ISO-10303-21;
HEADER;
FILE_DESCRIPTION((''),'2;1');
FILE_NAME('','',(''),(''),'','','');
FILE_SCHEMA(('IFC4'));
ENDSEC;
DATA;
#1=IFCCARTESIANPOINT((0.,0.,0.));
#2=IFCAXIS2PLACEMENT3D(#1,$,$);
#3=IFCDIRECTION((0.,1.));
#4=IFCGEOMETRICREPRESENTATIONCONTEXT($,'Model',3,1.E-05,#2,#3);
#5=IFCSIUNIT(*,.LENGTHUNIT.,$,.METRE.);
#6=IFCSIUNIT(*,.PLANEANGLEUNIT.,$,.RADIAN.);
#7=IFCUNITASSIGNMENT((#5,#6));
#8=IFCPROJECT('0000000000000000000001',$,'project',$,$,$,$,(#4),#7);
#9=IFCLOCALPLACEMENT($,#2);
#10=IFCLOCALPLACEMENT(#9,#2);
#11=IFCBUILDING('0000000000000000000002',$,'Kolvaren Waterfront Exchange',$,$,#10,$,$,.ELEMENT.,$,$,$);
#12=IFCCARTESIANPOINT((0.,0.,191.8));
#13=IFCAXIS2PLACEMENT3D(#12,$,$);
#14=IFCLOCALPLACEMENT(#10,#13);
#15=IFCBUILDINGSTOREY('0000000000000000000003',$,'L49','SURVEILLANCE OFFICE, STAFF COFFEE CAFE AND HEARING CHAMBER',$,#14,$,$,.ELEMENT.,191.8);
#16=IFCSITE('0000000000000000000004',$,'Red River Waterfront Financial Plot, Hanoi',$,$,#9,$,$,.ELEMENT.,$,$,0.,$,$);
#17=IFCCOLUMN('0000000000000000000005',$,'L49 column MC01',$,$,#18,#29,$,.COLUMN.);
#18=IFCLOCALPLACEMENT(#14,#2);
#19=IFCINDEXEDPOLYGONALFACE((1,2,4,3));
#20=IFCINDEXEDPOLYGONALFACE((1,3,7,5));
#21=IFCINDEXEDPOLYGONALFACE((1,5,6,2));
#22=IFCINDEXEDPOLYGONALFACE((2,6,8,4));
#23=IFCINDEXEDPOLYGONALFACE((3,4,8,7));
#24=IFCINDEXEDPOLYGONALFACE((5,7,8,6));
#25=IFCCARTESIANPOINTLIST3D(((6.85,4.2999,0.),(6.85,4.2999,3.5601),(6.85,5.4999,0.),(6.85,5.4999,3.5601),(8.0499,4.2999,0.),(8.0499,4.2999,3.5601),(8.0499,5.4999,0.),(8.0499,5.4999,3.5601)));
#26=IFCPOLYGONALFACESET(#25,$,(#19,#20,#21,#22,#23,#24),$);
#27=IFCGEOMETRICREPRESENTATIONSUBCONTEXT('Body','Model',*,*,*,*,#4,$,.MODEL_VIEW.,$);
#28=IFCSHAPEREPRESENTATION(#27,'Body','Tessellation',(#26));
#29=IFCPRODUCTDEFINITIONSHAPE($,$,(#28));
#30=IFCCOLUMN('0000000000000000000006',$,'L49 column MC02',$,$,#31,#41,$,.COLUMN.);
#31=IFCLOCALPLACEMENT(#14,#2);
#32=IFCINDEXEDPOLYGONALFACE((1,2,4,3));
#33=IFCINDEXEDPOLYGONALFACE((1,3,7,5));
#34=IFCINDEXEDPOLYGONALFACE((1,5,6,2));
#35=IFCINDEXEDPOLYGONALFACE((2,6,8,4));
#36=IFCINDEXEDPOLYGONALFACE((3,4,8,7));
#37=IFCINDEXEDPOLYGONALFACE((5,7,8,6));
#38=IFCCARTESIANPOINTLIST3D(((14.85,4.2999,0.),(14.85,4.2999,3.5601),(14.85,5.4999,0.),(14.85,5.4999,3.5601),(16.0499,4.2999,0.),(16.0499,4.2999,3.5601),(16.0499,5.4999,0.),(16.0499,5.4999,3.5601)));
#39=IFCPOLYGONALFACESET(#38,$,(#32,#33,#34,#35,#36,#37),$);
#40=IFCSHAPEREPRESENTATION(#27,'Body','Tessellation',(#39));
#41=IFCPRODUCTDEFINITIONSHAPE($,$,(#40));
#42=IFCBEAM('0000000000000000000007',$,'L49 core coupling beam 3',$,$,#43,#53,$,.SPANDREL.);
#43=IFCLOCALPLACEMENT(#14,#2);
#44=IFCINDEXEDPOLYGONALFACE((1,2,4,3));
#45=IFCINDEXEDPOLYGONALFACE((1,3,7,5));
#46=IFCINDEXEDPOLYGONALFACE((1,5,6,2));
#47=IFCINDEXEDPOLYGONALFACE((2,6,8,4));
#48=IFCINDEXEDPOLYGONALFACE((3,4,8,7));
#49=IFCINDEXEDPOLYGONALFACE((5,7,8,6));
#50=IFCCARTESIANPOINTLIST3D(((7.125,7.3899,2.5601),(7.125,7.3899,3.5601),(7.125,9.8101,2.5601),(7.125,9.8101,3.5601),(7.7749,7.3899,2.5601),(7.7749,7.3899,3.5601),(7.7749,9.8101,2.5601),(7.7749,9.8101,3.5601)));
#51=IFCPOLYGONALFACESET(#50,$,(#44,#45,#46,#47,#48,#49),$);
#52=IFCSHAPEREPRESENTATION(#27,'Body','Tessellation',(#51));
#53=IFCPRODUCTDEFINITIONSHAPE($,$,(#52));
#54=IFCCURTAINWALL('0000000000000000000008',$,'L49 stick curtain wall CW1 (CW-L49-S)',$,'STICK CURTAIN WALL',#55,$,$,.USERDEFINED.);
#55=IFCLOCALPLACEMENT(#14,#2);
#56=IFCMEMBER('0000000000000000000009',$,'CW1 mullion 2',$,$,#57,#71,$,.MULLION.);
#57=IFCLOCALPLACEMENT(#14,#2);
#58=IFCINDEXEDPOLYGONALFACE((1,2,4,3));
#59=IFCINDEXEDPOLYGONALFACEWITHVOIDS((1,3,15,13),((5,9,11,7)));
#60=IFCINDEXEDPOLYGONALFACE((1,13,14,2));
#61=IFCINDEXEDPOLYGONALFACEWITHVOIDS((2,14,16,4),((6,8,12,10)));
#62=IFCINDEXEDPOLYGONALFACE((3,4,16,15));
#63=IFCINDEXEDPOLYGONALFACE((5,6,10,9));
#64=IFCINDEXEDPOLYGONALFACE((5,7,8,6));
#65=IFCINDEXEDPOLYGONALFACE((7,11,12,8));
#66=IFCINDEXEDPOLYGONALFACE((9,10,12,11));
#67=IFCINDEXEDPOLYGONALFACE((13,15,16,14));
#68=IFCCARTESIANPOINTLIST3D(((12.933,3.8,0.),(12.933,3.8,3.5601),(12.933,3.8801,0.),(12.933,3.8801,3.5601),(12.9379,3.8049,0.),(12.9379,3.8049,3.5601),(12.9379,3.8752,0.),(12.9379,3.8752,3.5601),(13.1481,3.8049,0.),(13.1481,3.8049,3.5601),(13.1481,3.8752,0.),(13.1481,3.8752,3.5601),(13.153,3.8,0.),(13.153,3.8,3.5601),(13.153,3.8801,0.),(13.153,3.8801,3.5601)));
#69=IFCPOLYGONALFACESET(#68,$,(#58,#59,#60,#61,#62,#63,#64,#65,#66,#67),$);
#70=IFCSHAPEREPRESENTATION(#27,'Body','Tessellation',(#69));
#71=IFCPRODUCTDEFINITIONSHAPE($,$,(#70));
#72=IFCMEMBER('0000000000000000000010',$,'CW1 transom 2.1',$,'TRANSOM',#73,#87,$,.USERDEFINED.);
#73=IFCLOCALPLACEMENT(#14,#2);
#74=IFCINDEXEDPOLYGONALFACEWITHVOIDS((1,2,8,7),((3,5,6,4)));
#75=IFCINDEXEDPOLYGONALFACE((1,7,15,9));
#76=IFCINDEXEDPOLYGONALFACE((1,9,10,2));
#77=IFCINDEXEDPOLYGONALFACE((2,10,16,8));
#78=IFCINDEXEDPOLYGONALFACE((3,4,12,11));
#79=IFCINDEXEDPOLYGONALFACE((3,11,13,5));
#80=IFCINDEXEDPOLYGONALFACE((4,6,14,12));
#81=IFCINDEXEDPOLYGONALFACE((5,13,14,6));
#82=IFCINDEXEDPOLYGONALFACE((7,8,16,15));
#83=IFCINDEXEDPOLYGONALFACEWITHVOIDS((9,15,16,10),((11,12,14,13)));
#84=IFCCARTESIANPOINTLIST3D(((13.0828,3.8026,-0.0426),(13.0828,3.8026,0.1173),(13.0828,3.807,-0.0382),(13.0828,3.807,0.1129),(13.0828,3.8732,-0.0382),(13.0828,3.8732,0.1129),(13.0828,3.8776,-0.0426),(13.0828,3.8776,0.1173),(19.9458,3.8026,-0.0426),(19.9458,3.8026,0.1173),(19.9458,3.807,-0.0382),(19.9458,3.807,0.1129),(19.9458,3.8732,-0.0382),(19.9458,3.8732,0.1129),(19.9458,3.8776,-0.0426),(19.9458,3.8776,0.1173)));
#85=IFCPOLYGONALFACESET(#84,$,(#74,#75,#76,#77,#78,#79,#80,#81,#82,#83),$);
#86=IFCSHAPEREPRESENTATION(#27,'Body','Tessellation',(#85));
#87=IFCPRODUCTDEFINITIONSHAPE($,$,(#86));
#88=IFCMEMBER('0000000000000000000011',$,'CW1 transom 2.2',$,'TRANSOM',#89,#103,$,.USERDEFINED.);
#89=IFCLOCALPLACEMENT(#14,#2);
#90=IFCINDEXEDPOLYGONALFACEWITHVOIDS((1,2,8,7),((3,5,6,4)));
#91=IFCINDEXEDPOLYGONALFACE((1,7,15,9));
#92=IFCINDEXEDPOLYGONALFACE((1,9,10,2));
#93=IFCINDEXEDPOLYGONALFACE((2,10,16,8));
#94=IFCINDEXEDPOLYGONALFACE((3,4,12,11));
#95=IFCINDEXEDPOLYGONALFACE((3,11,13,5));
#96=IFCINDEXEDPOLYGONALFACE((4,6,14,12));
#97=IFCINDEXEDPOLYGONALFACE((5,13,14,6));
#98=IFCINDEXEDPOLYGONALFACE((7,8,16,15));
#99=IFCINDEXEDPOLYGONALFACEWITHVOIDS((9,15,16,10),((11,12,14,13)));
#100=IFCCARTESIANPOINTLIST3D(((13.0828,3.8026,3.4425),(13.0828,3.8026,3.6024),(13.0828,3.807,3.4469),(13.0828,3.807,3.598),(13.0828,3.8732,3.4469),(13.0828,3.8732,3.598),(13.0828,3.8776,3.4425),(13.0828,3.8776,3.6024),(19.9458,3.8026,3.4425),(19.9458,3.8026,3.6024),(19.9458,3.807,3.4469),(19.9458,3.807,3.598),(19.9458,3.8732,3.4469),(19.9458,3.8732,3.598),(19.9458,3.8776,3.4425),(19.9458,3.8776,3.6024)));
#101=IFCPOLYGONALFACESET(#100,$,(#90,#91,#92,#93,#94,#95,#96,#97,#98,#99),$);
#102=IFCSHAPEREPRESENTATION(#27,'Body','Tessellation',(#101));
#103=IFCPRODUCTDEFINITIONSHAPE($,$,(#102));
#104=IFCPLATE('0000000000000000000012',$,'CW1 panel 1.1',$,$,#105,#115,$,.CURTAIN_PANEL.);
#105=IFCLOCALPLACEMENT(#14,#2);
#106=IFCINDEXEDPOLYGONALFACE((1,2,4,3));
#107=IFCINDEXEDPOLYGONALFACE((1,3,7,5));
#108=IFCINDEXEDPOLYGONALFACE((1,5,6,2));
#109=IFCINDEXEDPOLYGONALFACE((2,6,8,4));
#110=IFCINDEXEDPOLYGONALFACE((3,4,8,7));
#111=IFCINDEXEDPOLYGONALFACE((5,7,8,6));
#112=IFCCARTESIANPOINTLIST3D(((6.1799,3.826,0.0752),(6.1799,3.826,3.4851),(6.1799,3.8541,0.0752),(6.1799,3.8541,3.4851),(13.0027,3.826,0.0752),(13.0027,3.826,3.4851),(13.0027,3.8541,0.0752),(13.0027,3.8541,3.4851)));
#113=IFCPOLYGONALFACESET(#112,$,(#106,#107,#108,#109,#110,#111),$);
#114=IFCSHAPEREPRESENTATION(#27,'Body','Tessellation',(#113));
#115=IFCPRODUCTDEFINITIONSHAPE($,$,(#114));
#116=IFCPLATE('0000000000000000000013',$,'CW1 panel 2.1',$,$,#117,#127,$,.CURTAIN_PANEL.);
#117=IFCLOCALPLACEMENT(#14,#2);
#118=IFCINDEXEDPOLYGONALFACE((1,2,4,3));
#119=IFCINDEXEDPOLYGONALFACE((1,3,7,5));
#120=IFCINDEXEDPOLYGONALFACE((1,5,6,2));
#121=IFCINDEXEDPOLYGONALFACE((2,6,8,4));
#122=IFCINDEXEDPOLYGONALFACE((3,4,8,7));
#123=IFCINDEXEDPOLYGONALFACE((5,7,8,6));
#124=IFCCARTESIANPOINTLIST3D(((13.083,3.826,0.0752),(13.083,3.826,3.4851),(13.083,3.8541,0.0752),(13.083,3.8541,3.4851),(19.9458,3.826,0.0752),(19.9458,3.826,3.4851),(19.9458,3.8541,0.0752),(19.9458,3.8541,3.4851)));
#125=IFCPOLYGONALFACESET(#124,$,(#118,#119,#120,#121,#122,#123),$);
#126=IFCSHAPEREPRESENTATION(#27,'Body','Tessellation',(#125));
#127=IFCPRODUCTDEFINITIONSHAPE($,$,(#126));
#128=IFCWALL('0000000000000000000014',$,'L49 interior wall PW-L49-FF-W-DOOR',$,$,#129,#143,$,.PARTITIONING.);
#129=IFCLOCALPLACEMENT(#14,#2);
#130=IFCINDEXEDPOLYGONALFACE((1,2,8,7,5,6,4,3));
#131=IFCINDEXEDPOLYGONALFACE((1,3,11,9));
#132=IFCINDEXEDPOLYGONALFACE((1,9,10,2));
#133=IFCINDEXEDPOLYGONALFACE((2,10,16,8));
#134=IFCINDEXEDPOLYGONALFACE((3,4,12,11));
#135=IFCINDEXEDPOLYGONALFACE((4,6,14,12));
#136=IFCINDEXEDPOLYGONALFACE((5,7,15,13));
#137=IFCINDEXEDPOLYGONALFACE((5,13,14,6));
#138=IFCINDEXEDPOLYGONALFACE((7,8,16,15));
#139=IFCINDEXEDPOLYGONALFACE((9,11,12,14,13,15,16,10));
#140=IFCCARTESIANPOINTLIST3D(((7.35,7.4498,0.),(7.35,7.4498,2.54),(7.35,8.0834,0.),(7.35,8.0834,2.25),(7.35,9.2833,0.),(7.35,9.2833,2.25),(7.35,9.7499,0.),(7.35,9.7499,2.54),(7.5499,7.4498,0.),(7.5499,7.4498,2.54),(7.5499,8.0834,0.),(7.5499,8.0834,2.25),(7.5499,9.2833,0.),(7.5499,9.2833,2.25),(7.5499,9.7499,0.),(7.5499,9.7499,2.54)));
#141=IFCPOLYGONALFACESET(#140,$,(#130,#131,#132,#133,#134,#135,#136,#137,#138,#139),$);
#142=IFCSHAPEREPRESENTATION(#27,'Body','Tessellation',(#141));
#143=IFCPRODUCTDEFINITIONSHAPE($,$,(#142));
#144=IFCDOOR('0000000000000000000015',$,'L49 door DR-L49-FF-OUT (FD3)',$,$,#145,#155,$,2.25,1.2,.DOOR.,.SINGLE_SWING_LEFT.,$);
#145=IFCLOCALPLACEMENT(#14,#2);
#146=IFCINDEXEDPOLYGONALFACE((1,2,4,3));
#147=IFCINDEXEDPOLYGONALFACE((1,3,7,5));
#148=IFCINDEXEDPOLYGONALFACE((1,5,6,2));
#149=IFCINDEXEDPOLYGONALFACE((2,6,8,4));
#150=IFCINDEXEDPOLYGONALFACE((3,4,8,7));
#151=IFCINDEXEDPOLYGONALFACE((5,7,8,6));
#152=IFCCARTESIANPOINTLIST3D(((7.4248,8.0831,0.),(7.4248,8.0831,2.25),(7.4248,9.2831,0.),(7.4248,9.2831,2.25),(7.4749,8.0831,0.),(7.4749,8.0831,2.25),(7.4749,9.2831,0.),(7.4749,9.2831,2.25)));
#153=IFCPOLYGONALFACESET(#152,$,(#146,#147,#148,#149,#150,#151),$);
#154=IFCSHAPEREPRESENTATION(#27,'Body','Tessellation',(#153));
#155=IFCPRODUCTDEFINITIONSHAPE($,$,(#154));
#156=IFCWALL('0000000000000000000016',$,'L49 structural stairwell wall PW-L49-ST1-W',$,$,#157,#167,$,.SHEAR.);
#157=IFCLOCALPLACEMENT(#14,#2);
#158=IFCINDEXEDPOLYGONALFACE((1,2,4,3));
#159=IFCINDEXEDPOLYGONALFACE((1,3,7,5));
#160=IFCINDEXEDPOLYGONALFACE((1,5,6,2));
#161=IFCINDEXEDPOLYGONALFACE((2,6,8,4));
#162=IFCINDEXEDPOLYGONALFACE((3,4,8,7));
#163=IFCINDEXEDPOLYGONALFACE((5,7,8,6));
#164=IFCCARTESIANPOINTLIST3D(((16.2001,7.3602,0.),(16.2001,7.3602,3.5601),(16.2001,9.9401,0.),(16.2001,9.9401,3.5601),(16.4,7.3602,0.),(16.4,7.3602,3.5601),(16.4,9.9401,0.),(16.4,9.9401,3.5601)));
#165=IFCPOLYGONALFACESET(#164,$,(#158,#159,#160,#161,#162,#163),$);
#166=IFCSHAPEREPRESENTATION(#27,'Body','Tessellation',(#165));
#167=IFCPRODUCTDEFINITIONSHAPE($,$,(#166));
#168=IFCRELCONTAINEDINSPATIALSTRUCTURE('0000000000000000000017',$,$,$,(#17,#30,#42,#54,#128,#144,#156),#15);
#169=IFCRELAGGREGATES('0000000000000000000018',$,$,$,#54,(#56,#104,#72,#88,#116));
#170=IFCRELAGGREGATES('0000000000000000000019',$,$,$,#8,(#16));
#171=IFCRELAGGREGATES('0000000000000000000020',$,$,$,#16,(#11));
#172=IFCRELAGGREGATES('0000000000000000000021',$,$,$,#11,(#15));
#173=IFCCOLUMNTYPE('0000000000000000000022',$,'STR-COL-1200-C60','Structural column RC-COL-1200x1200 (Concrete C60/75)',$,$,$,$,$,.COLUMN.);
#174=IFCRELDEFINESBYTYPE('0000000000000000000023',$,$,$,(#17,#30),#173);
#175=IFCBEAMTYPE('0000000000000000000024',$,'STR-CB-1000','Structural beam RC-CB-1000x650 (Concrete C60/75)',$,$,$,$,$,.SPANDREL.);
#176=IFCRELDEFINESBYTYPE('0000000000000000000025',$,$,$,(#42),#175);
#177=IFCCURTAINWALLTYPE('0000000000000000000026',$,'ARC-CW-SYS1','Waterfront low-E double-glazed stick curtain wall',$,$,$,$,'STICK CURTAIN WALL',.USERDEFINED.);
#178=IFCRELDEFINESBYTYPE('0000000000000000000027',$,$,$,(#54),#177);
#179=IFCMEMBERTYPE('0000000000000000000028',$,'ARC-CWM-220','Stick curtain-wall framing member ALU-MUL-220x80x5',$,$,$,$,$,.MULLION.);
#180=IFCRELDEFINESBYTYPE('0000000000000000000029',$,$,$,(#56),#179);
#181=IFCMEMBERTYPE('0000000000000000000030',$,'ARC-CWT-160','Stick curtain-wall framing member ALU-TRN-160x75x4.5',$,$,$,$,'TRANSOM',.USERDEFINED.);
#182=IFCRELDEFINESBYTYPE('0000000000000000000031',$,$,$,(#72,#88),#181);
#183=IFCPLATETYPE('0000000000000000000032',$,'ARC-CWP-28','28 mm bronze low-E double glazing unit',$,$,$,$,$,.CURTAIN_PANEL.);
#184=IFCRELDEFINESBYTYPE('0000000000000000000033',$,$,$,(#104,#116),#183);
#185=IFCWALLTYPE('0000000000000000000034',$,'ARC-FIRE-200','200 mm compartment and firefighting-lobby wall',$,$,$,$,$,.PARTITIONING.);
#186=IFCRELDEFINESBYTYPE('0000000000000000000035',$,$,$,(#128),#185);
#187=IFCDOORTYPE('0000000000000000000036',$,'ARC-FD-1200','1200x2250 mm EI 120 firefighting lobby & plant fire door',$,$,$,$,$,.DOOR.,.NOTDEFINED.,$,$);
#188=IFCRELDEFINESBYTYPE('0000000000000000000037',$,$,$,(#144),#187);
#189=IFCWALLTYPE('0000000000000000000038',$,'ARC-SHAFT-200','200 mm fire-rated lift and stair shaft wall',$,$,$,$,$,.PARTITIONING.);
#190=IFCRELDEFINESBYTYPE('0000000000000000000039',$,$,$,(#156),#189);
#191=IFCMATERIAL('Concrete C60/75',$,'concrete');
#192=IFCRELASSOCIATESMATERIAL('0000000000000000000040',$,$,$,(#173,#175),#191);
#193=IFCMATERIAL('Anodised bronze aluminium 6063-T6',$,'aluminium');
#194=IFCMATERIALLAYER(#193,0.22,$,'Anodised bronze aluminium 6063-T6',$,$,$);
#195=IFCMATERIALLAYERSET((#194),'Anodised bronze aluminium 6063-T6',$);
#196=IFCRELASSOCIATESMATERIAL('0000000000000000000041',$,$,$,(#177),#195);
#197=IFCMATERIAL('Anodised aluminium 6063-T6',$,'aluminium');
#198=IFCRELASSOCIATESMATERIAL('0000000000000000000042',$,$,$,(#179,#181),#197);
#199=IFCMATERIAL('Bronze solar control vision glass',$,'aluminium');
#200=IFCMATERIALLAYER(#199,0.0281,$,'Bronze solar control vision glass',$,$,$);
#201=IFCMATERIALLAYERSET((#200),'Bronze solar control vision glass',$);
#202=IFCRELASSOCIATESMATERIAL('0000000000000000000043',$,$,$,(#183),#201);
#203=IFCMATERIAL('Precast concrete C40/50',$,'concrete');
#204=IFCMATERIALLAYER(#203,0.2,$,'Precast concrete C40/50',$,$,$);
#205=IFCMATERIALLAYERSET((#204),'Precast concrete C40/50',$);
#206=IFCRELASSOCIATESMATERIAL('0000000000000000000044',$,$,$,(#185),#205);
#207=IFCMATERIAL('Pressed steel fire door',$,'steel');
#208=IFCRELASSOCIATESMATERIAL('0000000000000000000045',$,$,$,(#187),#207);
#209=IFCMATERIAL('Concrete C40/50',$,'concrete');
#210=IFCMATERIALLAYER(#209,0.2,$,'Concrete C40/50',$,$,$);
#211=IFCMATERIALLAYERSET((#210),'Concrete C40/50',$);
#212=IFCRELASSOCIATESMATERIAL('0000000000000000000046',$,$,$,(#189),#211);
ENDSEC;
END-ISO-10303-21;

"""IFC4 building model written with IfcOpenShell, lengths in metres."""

from ifc_helpers import new_model, si_unit, direction, frame, frame_2d, origin, origin_with_axes, origin_2d, place, context, subcontext, project, spatial, rectangle, hollow_rectangle, extrude, source, transform, mapped, material, layer, layer_set, material_profile, profile_set, type_object, element, fill, aggregate, save


model = new_model("IFC4")

# Units and contexts
model_context = context("Model", 3, precision=1e-05, world=origin(), true_north=direction((0.0, 1.0)))
body_context = subcontext(model_context, "Body", "Model", "MODEL_VIEW")
ifc_project = project(units=[si_unit("LENGTHUNIT", "METRE"), si_unit("PLANEANGLEUNIT", "RADIAN")], contexts=[model_context])

# Site, building, storey
site_placement = place(None, origin())
site = spatial("IfcSite", under=ifc_project, at=site_placement, Name="Red River Waterfront Financial Plot, Hanoi", CompositionType="ELEMENT", RefElevation=0.0)
building_placement = place(site_placement, origin())
building = spatial("IfcBuilding", under=site, at=building_placement, Name="Kolvaren Waterfront Exchange", CompositionType="ELEMENT")
storey_placement = place(building_placement, frame((0.0, 0.0, 191.8)))
storey = spatial("IfcBuildingStorey", under=building, at=storey_placement, Name="L49", Description="SURVEILLANCE OFFICE, STAFF COFFEE CAFE AND HEARING CHAMBER", CompositionType="ELEMENT", Elevation=191.8)

# Columns
ifc_material_1 = material(Name="Concrete C60/75", Category="concrete")
ifc_material_profile_1 = material_profile(ifc_material_1, rectangle(XDim=1.2, YDim=1.2, at=origin_2d()), Name="RC-COL-1200x1200")
ifc_profile_set_1 = profile_set([ifc_material_profile_1], Name="Concrete C60/75")
column_type = type_object("IfcColumnType", Name="STR-COL-1200-C60", Description="Structural column RC-COL-1200x1200 (Concrete C60/75)", PredefinedType="COLUMN", material=ifc_profile_set_1)
for number, where, z_axis, x_axis, name in (
    (1, (7.45, 4.8999, 0.0), (0.0, 0.0, 1.0), (1.0, 0.0, 0.0), "L49 column MC01"),
    (2, (15.45, 4.8999, 0.0), (0.0, 0.0, 1.0), (1.0, 0.0, 0.0), "L49 column MC02"),
):
    element("IfcColumn", number, at=place(storey_placement, frame(where, z_axis=z_axis, x_axis=x_axis)), inside=storey, type_object=column_type, Name=name, PredefinedType="COLUMN", context=body_context, shape_type="SweptSolid", body=[
        extrude(rectangle(XDim=1.2, YDim=1.2, at=origin_2d()), origin(), (0.0, 0.0, 1.0), 3.5601),
    ])

# Beam
ifc_material_profile_2 = material_profile(ifc_material_1, rectangle(XDim=0.6499, YDim=1.0, at=origin_2d()), Name="RC-CB-1000x650")
ifc_profile_set_2 = profile_set([ifc_material_profile_2], Name="Concrete C60/75")
beam_type = type_object("IfcBeamType", Name="STR-CB-1000", Description="Structural beam RC-CB-1000x650 (Concrete C60/75)", PredefinedType="SPANDREL", material=ifc_profile_set_2)
beam_placement = place(storey_placement, frame((7.45, 7.3899, 3.0601), z_axis=(0.0, 1.0, 0.0), x_axis=(-1.0, 0.0, 0.0)))
element("IfcBeam", 3, at=beam_placement, inside=storey, type_object=beam_type, Name="L49 core coupling beam 3", PredefinedType="SPANDREL", context=body_context, shape_type="SweptSolid", body=[
    extrude(rectangle(XDim=0.6499, YDim=1.0, at=origin_2d()), origin(), (0.0, 0.0, 1.0), 2.4202),
])

# Curtain wall, members, plates
ifc_material_2 = material(Name="Anodised bronze aluminium 6063-T6", Category="aluminium")
ifc_layer_1 = layer(ifc_material_2, 0.22, Name="Anodised bronze aluminium 6063-T6")
ifc_layer_set_1 = layer_set([ifc_layer_1], Name="Anodised bronze aluminium 6063-T6")
curtain_wall_type = type_object("IfcCurtainWallType", Name="ARC-CW-SYS1", Description="Waterfront low-E double-glazed stick curtain wall", ElementType="STICK CURTAIN WALL", PredefinedType="USERDEFINED", material=ifc_layer_set_1)
curtain_wall_placement = place(storey_placement, origin())
curtain_wall = element("IfcCurtainWall", 4, at=curtain_wall_placement, inside=storey, type_object=curtain_wall_type, Name="L49 stick curtain wall CW1 (CW-L49-S)", ObjectType="STICK CURTAIN WALL", PredefinedType="USERDEFINED")
ifc_material_3 = material(Name="Anodised aluminium 6063-T6", Category="aluminium")
ifc_material_profile_3 = material_profile(ifc_material_3, hollow_rectangle(XDim=0.0801, YDim=0.22, WallThickness=0.0049, at=origin_2d()), Name="ALU-MUL-220x80x5")
ifc_profile_set_3 = profile_set([ifc_material_profile_3], Name="Anodised aluminium 6063-T6")
member_type_1 = type_object("IfcMemberType", Name="ARC-CWM-220", Description="Stick curtain-wall framing member ALU-MUL-220x80x5", PredefinedType="MULLION", material=ifc_profile_set_3)
shared_shape_1 = source(origin_with_axes(), body_context, "Body", "SweptSolid", [
    extrude(hollow_rectangle(XDim=0.0801, YDim=0.22, WallThickness=0.0049, at=origin_2d()), origin(), (0.0, 0.0, 1.0), 3.5601),
])
member_1_placement = place(storey_placement, frame((13.043, 3.8401, 0.0), z_axis=(0.0, 0.0, 1.0), x_axis=(0.0, 1.0, 0.0)))
member_1 = element("IfcMember", 5, at=member_1_placement, type_object=member_type_1, Name="CW1 mullion 2", PredefinedType="MULLION", context=body_context, shape_type="MappedRepresentation", body=[
    mapped(shared_shape_1, transform((0.0, 0.0, 0.0), x_axis=(1.0, 0.0, 0.0), y_axis=(0.0, 1.0, 0.0), z_axis=(0.0, 0.0, 1.0), scale=1.0)),
])
ifc_material_profile_4 = material_profile(ifc_material_3, hollow_rectangle(XDim=0.075, YDim=0.1599, WallThickness=0.0044, at=origin_2d()), Name="ALU-TRN-160x75x4.5")
ifc_profile_set_4 = profile_set([ifc_material_profile_4], Name="Anodised aluminium 6063-T6")
member_type_2 = type_object("IfcMemberType", Name="ARC-CWT-160", Description="Stick curtain-wall framing member ALU-TRN-160x75x4.5", ElementType="TRANSOM", PredefinedType="USERDEFINED", material=ifc_profile_set_4)
shared_shape_2 = source(origin_with_axes(), body_context, "Body", "SweptSolid", [
    extrude(hollow_rectangle(XDim=0.075, YDim=0.1599, WallThickness=0.0044, at=origin_2d()), origin(), (0.0, 0.0, 1.0), 6.863),
])
member_2_placement = place(storey_placement, frame((13.0828, 3.8401, 0.0374), z_axis=(1.0, 0.0, 0.0), x_axis=(0.0, 1.0, 0.0)))
member_2 = element("IfcMember", 6, at=member_2_placement, type_object=member_type_2, Name="CW1 transom 2.1", ObjectType="TRANSOM", PredefinedType="USERDEFINED", context=body_context, shape_type="MappedRepresentation", body=[
    mapped(shared_shape_2, transform((0.0, 0.0, 0.0), x_axis=(1.0, 0.0, 0.0), y_axis=(0.0, 1.0, 0.0), z_axis=(0.0, 0.0, 1.0), scale=1.0)),
])
member_3_placement = place(storey_placement, frame((13.0828, 3.8401, 3.5225), z_axis=(1.0, 0.0, 0.0), x_axis=(0.0, 1.0, 0.0)))
member_3 = element("IfcMember", 7, at=member_3_placement, type_object=member_type_2, Name="CW1 transom 2.2", ObjectType="TRANSOM", PredefinedType="USERDEFINED", context=body_context, shape_type="MappedRepresentation", body=[
    mapped(shared_shape_2, transform((0.0, 0.0, 0.0), x_axis=(1.0, 0.0, 0.0), y_axis=(0.0, 1.0, 0.0), z_axis=(0.0, 0.0, 1.0), scale=1.0)),
])
ifc_material_4 = material(Name="Bronze solar control vision glass", Category="aluminium")
ifc_layer_2 = layer(ifc_material_4, 0.0281, Name="Bronze solar control vision glass")
ifc_layer_set_2 = layer_set([ifc_layer_2], Name="Bronze solar control vision glass")
plate_type = type_object("IfcPlateType", Name="ARC-CWP-28", Description="28 mm bronze low-E double glazing unit", PredefinedType="CURTAIN_PANEL", material=ifc_layer_set_2)
shared_shape_3 = source(origin_with_axes(), body_context, "Body", "SweptSolid", [
    extrude(rectangle(XDim=6.8228, YDim=0.0281, at=origin_2d()), origin(), (0.0, 0.0, 1.0), 3.4099),
])
plate_1_placement = place(storey_placement, frame((9.5913, 3.8401, 0.0752), z_axis=(0.0, 0.0, 1.0), x_axis=(1.0, 0.0, 0.0)))
plate_1 = element("IfcPlate", 8, at=plate_1_placement, type_object=plate_type, Name="CW1 panel 1.1", PredefinedType="CURTAIN_PANEL", context=body_context, shape_type="MappedRepresentation", body=[
    mapped(shared_shape_3, transform((0.0, 0.0, 0.0), x_axis=(1.0, 0.0, 0.0), y_axis=(0.0, 1.0, 0.0), z_axis=(0.0, 0.0, 1.0), scale=1.0)),
])
shared_shape_4 = source(origin_with_axes(), body_context, "Body", "SweptSolid", [
    extrude(rectangle(XDim=6.8628, YDim=0.0281, at=origin_2d()), origin(), (0.0, 0.0, 1.0), 3.4099),
])
plate_2_placement = place(storey_placement, frame((16.5144, 3.8401, 0.0752), z_axis=(0.0, 0.0, 1.0), x_axis=(1.0, 0.0, 0.0)))
plate_2 = element("IfcPlate", 9, at=plate_2_placement, type_object=plate_type, Name="CW1 panel 2.1", PredefinedType="CURTAIN_PANEL", context=body_context, shape_type="MappedRepresentation", body=[
    mapped(shared_shape_4, transform((0.0, 0.0, 0.0), x_axis=(1.0, 0.0, 0.0), y_axis=(0.0, 1.0, 0.0), z_axis=(0.0, 0.0, 1.0), scale=1.0)),
])
aggregate(curtain_wall, [member_1, plate_1, member_2, member_3, plate_2])

# Wall, opening, door
ifc_material_5 = material(Name="Precast concrete C40/50", Category="concrete")
ifc_layer_3 = layer(ifc_material_5, 0.2, Name="Precast concrete C40/50")
ifc_layer_set_3 = layer_set([ifc_layer_3], Name="Precast concrete C40/50")
wall_type_1 = type_object("IfcWallType", Name="ARC-FIRE-200", Description="200 mm compartment and firefighting-lobby wall", PredefinedType="PARTITIONING", material=ifc_layer_set_3)
wall_1_placement = place(storey_placement, frame((7.45, 7.45, 0.0), z_axis=(0.0, 0.0, 1.0), x_axis=(0.0, 1.0, 0.0)))
wall_1 = element("IfcWall", 10, at=wall_1_placement, inside=storey, type_object=wall_type_1, Name="L49 interior wall PW-L49-FF-W-DOOR", PredefinedType="PARTITIONING", context=body_context, shape_type="SweptSolid", body=[
    extrude(rectangle(XDim=2.3, YDim=0.2, at=frame_2d((1.1499, 0.0))), origin(), (0.0, 0.0, 1.0), 2.54),
])
opening_1_placement = place(wall_1_placement, frame((0.6333, 0.0, 0.0)))
opening_1 = element("IfcOpeningElement", 11, at=opening_1_placement, cuts=wall_1, PredefinedType="OPENING", context=body_context, shape_type="SweptSolid", body=[
    extrude(rectangle(XDim=1.2, YDim=2.25, at=frame_2d((0.6001, 1.125))), frame((0.0, 0.1099, 0.0), z_axis=(0.0, -1.0, 0.0), x_axis=(1.0, 0.0, 0.0)), (0.0, 0.0, 1.0), 0.22),
])
ifc_material_6 = material(Name="Pressed steel fire door", Category="steel")
door_type_1 = type_object("IfcDoorType", Name="ARC-FD-1200", Description="1200x2250 mm EI 120 firefighting lobby & plant fire door", OperationType="NOTDEFINED", PredefinedType="DOOR", material=ifc_material_6)
door_1_placement = place(opening_1_placement, frame((1.2, 0.0, 0.0), z_axis=(0.0, 0.0, 1.0), x_axis=(-1.0, 0.0, 0.0)))
door_1 = element("IfcDoor", 12, at=door_1_placement, inside=storey, type_object=door_type_1, Name="L49 door DR-L49-FF-OUT (FD3)", OperationType="SINGLE_SWING_LEFT", OverallHeight=2.25, OverallWidth=1.2, PredefinedType="DOOR", context=body_context, shape_type="SweptSolid", body=[
    extrude(rectangle(XDim=1.2, YDim=2.25, at=frame_2d((0.6001, 1.125))), frame((0.0, 0.0249, 0.0), z_axis=(0.0, -1.0, 0.0), x_axis=(1.0, 0.0, 0.0)), (0.0, 0.0, 1.0), 0.05),
])
fill(opening_1, door_1)

# Wall
ifc_material_7 = material(Name="Concrete C40/50", Category="concrete")
ifc_layer_4 = layer(ifc_material_7, 0.2, Name="Concrete C40/50")
ifc_layer_set_4 = layer_set([ifc_layer_4], Name="Concrete C40/50")
wall_type_2 = type_object("IfcWallType", Name="ARC-SHAFT-200", Description="200 mm fire-rated lift and stair shaft wall", PredefinedType="PARTITIONING", material=ifc_layer_set_4)
wall_2_placement = place(storey_placement, frame((16.3, 7.3601, 0.0), z_axis=(0.0, 0.0, 1.0), x_axis=(0.0, 1.0, 0.0)))
element("IfcWall", 13, at=wall_2_placement, inside=storey, type_object=wall_type_2, Name="L49 structural stairwell wall PW-L49-ST1-W", PredefinedType="SHEAR", context=body_context, shape_type="SweptSolid", body=[
    extrude(rectangle(XDim=2.5798, YDim=0.2, at=frame_2d((1.29, 0.0))), origin(), (0.0, 0.0, 1.0), 3.5601),
])

save(model, "model.ifc")
